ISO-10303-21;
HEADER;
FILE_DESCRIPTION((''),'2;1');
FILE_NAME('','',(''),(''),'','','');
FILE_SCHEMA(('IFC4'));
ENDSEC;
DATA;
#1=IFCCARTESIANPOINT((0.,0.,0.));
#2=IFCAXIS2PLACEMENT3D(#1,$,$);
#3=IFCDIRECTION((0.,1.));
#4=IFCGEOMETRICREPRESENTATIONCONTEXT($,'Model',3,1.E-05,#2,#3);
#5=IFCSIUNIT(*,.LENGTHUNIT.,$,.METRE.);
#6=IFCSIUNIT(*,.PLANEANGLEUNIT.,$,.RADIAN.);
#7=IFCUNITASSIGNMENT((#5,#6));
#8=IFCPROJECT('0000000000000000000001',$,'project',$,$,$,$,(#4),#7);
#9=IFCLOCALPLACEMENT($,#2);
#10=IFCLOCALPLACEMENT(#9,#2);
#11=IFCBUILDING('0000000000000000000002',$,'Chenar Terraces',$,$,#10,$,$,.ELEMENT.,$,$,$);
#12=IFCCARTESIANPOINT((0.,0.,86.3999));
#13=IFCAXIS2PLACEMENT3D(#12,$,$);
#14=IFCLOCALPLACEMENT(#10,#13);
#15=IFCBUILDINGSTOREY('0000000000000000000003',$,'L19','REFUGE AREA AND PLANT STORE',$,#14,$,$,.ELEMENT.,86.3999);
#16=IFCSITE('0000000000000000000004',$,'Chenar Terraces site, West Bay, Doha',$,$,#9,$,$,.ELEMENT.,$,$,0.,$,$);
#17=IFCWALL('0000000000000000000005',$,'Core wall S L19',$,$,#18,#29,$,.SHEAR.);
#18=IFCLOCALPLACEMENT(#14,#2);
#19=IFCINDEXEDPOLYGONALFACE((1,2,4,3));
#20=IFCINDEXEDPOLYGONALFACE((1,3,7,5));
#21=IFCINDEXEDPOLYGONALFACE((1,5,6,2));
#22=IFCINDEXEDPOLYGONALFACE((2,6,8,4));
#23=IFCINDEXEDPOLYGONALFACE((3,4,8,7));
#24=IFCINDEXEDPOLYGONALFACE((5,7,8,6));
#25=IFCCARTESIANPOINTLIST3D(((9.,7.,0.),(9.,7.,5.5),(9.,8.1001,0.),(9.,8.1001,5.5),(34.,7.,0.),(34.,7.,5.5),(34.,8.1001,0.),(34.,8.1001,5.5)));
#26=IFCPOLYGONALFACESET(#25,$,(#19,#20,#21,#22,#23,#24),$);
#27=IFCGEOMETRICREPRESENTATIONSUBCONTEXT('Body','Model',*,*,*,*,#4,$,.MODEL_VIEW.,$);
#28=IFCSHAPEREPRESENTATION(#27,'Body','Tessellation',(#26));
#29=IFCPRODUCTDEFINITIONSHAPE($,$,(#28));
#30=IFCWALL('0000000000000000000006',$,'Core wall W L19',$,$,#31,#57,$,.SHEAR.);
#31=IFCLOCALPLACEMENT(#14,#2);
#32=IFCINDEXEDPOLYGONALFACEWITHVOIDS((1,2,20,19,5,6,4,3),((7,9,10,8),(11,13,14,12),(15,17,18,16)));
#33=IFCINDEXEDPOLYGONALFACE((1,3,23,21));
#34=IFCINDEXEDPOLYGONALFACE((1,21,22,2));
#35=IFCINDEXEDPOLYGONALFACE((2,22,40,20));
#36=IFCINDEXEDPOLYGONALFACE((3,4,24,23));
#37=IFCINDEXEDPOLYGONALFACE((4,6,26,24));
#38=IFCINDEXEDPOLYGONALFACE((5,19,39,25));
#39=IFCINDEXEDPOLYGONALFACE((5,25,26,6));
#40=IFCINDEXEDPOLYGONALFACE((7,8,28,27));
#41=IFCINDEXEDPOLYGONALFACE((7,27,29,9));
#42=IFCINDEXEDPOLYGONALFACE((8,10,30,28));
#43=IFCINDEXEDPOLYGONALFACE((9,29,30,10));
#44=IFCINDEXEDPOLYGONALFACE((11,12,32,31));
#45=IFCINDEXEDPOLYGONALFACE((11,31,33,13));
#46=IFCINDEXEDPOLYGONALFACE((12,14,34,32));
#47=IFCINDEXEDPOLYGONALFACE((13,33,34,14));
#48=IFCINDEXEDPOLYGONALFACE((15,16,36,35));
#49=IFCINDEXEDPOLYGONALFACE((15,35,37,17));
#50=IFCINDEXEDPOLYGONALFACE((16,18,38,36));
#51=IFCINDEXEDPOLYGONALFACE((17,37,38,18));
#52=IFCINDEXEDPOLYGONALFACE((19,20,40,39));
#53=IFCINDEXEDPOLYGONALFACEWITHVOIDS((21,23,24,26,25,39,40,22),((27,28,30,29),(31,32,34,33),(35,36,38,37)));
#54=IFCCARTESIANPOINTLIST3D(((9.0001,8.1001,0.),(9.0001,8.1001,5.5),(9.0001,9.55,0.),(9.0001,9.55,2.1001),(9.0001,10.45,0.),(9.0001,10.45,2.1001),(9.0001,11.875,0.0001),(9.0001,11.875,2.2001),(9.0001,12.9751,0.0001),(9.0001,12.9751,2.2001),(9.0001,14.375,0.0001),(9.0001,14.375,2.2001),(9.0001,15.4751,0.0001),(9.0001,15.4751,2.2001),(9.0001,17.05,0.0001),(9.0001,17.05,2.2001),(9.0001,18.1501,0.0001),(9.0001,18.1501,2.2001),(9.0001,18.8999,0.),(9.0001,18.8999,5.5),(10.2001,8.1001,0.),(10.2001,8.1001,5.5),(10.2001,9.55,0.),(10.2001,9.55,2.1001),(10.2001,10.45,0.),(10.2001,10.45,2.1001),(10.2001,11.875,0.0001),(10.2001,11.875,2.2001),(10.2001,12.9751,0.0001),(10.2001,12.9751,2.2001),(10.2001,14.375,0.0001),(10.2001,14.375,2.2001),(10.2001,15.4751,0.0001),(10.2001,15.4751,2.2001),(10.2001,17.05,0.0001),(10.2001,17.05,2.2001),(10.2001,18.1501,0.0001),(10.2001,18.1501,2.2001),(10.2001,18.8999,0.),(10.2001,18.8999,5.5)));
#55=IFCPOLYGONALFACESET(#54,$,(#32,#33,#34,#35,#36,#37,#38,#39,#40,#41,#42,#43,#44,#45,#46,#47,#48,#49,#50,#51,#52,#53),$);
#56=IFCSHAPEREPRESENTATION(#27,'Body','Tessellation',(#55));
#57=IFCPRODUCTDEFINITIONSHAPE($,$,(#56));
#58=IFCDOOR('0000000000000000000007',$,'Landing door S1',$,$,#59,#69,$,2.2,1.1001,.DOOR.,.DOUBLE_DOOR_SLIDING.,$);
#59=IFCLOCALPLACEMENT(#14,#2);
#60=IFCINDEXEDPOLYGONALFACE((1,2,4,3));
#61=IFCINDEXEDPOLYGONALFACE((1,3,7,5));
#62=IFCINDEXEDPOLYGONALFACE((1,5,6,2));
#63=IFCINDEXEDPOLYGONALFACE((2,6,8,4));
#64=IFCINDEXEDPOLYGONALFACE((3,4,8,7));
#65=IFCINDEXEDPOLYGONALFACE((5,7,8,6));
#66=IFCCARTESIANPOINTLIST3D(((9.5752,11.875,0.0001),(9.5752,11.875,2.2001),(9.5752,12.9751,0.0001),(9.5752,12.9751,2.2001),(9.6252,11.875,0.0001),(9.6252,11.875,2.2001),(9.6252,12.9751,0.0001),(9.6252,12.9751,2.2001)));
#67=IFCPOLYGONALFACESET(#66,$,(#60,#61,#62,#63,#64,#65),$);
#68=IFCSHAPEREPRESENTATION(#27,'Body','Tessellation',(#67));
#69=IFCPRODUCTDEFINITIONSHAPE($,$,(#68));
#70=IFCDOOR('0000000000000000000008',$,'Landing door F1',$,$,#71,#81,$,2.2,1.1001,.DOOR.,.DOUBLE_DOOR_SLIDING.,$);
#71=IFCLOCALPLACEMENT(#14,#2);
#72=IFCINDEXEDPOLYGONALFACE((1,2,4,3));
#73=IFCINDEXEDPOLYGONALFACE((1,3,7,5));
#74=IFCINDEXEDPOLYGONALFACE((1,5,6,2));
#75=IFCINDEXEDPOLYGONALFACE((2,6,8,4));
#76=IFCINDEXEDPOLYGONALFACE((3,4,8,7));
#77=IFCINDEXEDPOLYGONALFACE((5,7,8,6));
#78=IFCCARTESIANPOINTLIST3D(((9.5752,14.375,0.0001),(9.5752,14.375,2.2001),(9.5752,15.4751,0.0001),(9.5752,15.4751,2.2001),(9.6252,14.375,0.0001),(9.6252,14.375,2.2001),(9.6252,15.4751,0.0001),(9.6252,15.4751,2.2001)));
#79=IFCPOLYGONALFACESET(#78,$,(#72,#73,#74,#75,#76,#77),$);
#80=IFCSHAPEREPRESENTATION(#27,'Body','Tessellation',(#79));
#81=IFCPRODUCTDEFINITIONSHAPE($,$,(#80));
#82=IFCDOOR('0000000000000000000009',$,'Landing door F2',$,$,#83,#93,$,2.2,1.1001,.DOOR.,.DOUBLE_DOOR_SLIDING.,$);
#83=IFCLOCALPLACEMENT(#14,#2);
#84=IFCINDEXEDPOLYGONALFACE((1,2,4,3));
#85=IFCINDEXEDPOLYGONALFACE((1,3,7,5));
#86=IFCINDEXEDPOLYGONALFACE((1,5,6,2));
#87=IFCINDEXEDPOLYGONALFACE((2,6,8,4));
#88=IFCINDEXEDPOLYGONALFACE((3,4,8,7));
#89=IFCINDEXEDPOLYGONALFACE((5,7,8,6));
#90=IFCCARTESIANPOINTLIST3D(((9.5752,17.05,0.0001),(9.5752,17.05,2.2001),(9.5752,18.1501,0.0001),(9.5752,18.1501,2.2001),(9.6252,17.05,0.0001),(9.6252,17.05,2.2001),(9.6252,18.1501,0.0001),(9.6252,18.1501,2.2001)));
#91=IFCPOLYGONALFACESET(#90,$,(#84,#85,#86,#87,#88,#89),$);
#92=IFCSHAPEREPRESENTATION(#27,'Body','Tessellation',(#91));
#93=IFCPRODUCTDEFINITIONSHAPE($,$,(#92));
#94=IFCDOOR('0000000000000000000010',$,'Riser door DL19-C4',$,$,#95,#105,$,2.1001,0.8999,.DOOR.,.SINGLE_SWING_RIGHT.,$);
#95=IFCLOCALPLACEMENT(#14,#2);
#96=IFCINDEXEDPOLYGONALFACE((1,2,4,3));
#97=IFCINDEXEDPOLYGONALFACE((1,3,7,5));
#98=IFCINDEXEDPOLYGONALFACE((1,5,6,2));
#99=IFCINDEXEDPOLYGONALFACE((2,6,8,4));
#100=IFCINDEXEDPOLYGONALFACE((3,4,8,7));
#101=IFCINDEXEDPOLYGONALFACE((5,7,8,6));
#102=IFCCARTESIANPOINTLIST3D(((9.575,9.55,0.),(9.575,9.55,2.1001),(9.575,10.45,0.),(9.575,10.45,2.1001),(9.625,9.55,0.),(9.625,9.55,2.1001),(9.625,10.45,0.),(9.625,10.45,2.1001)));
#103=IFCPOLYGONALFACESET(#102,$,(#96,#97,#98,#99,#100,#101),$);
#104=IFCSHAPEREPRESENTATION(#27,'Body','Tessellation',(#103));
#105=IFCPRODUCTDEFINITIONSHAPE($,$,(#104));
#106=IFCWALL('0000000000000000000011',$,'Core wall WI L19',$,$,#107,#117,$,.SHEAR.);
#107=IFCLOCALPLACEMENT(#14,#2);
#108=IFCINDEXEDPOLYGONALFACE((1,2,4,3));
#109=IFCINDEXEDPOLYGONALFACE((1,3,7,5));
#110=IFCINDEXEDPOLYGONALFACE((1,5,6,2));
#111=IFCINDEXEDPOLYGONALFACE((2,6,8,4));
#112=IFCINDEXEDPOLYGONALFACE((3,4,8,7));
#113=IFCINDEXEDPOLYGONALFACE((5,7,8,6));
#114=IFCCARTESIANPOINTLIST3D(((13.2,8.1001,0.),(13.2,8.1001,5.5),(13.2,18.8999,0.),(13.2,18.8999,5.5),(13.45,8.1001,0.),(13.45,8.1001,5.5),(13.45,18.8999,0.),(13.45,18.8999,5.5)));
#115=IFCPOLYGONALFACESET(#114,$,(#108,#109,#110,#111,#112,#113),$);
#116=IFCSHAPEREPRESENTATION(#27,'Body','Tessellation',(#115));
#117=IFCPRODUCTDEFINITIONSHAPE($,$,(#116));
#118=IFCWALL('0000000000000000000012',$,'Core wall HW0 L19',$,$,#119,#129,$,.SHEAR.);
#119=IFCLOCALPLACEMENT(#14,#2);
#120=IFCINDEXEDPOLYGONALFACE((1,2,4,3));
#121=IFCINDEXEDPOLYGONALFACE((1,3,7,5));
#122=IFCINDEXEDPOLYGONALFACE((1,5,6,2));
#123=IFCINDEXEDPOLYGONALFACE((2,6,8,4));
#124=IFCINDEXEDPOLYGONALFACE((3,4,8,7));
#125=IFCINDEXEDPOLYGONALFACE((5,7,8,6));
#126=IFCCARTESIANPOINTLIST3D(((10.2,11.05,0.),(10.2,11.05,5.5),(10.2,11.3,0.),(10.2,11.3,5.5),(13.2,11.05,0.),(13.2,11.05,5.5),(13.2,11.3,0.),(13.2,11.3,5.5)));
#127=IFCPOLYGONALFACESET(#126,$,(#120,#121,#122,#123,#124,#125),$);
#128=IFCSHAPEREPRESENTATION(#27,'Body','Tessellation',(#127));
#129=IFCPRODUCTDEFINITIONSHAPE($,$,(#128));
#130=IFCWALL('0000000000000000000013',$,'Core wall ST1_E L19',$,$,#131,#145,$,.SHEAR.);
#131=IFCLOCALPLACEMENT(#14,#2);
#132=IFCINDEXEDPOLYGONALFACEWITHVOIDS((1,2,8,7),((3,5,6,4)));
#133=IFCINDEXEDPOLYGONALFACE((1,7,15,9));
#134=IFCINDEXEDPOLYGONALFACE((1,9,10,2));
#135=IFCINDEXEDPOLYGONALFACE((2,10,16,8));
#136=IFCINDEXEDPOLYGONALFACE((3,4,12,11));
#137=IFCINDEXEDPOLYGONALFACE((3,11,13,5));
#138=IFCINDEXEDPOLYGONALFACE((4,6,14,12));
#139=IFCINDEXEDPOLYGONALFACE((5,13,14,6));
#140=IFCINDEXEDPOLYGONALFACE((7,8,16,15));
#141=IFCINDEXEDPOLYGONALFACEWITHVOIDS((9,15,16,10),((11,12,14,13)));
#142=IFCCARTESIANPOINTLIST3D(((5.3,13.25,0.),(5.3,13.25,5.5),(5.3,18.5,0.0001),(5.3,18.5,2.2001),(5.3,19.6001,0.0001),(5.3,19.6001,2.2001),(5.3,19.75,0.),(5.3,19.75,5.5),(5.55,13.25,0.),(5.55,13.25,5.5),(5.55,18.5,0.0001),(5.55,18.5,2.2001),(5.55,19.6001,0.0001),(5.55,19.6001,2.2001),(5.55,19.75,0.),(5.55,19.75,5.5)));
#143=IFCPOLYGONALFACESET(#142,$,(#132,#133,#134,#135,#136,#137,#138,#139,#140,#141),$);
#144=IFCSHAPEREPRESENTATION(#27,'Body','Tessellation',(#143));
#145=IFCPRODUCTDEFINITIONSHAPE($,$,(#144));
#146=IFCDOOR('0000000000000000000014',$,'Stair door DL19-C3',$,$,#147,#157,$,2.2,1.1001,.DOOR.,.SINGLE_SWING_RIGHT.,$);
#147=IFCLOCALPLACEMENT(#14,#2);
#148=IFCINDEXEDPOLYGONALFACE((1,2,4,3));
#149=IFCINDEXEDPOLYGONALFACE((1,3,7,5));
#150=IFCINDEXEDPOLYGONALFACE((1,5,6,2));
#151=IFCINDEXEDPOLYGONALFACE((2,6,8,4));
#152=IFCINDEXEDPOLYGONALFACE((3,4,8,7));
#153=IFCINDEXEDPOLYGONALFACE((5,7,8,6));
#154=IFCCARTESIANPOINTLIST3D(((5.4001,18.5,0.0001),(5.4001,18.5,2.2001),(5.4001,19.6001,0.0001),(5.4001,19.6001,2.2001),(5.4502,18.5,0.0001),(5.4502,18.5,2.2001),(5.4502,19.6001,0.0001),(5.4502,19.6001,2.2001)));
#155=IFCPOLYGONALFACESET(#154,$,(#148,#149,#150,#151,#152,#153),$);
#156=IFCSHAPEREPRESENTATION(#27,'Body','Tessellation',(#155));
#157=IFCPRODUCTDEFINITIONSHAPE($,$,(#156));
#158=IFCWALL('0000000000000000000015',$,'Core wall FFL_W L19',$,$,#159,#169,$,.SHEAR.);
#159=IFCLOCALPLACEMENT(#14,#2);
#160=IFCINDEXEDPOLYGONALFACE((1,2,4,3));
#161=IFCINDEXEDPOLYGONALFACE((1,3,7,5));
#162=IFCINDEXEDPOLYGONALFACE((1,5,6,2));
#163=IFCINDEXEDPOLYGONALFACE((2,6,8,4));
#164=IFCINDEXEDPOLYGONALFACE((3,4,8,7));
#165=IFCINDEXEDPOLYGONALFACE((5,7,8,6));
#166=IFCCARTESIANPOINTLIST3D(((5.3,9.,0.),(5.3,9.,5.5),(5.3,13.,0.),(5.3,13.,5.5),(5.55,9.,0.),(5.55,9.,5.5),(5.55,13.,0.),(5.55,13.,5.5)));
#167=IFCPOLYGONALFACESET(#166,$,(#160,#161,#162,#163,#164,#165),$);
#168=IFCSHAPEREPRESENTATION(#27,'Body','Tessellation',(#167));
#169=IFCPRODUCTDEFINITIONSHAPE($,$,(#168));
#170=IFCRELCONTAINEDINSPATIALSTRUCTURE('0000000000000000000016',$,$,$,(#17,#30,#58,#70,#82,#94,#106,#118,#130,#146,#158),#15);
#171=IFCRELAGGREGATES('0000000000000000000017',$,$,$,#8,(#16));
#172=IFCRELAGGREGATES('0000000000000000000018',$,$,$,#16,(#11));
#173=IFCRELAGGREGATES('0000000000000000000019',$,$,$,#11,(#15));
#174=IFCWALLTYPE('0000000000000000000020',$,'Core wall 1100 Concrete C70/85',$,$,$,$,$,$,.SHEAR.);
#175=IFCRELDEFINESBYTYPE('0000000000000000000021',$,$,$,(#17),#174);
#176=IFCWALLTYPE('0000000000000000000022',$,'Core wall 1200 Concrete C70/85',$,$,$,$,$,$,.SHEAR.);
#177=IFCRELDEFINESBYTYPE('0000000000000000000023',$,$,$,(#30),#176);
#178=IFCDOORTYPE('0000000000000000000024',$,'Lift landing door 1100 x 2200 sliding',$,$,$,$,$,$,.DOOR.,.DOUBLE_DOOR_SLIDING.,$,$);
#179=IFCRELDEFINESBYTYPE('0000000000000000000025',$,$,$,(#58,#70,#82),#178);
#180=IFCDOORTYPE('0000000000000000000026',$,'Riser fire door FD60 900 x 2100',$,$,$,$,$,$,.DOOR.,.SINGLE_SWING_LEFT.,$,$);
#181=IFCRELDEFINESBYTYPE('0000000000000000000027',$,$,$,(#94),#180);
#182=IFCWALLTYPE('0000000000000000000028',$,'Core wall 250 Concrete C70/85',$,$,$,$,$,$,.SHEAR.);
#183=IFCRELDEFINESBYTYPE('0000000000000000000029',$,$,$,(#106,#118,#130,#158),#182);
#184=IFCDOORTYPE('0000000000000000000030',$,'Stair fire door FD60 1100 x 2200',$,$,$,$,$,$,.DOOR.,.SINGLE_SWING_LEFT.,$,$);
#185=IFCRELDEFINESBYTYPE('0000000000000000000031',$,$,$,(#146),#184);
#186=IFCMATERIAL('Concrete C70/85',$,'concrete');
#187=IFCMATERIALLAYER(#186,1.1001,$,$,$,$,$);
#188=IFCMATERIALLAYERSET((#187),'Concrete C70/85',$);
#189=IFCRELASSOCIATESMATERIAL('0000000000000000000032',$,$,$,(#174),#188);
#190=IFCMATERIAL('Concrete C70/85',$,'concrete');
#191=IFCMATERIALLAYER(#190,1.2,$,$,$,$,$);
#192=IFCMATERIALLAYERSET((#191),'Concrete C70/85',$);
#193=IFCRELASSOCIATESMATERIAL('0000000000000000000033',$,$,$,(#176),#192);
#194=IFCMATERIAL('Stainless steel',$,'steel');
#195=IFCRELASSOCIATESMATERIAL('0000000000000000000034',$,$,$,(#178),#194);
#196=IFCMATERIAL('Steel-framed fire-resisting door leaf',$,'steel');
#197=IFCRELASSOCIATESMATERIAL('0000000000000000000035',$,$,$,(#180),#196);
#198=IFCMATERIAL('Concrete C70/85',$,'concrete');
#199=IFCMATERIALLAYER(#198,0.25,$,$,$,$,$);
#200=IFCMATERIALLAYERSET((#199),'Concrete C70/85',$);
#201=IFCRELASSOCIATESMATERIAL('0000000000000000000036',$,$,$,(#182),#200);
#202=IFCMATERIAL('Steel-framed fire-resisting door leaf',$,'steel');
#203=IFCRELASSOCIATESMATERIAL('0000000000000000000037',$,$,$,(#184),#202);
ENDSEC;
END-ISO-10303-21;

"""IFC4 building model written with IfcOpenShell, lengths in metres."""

from ifc_helpers import new_model, si_unit, direction, frame, frame_2d, origin, place, context, subcontext, project, spatial, rectangle, extrude, material, layer, layer_set, type_object, element, fill, save


model = new_model("IFC4")

# Units and contexts
model_context = context("Model", 3, precision=1e-05, world=origin(), true_north=direction((0.0, 1.0)))
body_context = subcontext(model_context, "Body", "Model", "MODEL_VIEW")
ifc_project = project(units=[si_unit("LENGTHUNIT", "METRE"), si_unit("PLANEANGLEUNIT", "RADIAN")], contexts=[model_context])

# Site, building, storey
site_placement = place(None, origin())
site = spatial("IfcSite", under=ifc_project, at=site_placement, Name="Chenar Terraces site, West Bay, Doha", CompositionType="ELEMENT", RefElevation=0.0)
building_placement = place(site_placement, origin())
building = spatial("IfcBuilding", under=site, at=building_placement, Name="Chenar Terraces", CompositionType="ELEMENT")
storey_placement = place(building_placement, frame((0.0, 0.0, 86.3999)))
storey = spatial("IfcBuildingStorey", under=building, at=storey_placement, Name="L19", Description="REFUGE AREA AND PLANT STORE", CompositionType="ELEMENT", Elevation=86.3999)

# Wall
ifc_material_1 = material(Name="Concrete C70/85", Category="concrete")
ifc_layer_1 = layer(ifc_material_1, 1.1001)
ifc_layer_set_1 = layer_set([ifc_layer_1], Name="Concrete C70/85")
wall_type_1 = type_object("IfcWallType", Name="Core wall 1100 Concrete C70/85", PredefinedType="SHEAR", material=ifc_layer_set_1)
wall_1_placement = place(storey_placement, frame((9.0, 7.55, 0.0), z_axis=(0.0, 0.0, 1.0), x_axis=(1.0, 0.0, 0.0)))
element("IfcWall", 1, at=wall_1_placement, inside=storey, type_object=wall_type_1, Name="Core wall S L19", PredefinedType="SHEAR", context=body_context, shape_type="SweptSolid", body=[
    extrude(rectangle(XDim=25.0, YDim=1.1001, at=frame_2d((12.5, 0.0))), origin(), (0.0, 0.0, 1.0), 5.5),
])

# Wall, openings, doors
ifc_material_2 = material(Name="Concrete C70/85", Category="concrete")
ifc_layer_2 = layer(ifc_material_2, 1.2)
ifc_layer_set_2 = layer_set([ifc_layer_2], Name="Concrete C70/85")
wall_type_2 = type_object("IfcWallType", Name="Core wall 1200 Concrete C70/85", PredefinedType="SHEAR", material=ifc_layer_set_2)
wall_2_placement = place(storey_placement, frame((9.6001, 8.1001, 0.0), z_axis=(0.0, 0.0, 1.0), x_axis=(0.0, 1.0, 0.0)))
wall_2 = element("IfcWall", 2, at=wall_2_placement, inside=storey, type_object=wall_type_2, Name="Core wall W L19", PredefinedType="SHEAR", context=body_context, shape_type="SweptSolid", body=[
    extrude(rectangle(XDim=10.7998, YDim=1.2, at=frame_2d((5.3999, 0.0))), origin(), (0.0, 0.0, 1.0), 5.5),
])
opening_1_placement = place(wall_2_placement, frame((3.7749, 0.0, 0.0)))
opening_1 = element("IfcOpeningElement", 3, at=opening_1_placement, cuts=wall_2, PredefinedType="OPENING", context=body_context, shape_type="SweptSolid", body=[
    extrude(rectangle(XDim=1.1001, YDim=2.2, at=frame_2d((0.55, 1.1001))), frame((0.0, 0.6099, 0.0), z_axis=(0.0, -1.0, 0.0), x_axis=(1.0, 0.0, 0.0)), (0.0, 0.0, 1.0), 1.22),
])
opening_2_placement = place(wall_2_placement, frame((6.2749, 0.0, 0.0)))
opening_2 = element("IfcOpeningElement", 4, at=opening_2_placement, cuts=wall_2, PredefinedType="OPENING", context=body_context, shape_type="SweptSolid", body=[
    extrude(rectangle(XDim=1.1001, YDim=2.2, at=frame_2d((0.55, 1.1001))), frame((0.0, 0.6099, 0.0), z_axis=(0.0, -1.0, 0.0), x_axis=(1.0, 0.0, 0.0)), (0.0, 0.0, 1.0), 1.22),
])
opening_3_placement = place(wall_2_placement, frame((8.95, 0.0, 0.0)))
opening_3 = element("IfcOpeningElement", 5, at=opening_3_placement, cuts=wall_2, PredefinedType="OPENING", context=body_context, shape_type="SweptSolid", body=[
    extrude(rectangle(XDim=1.1001, YDim=2.2, at=frame_2d((0.55, 1.1001))), frame((0.0, 0.6099, 0.0), z_axis=(0.0, -1.0, 0.0), x_axis=(1.0, 0.0, 0.0)), (0.0, 0.0, 1.0), 1.22),
])
opening_4_placement = place(wall_2_placement, frame((1.45, 0.0, 0.0)))
opening_4 = element("IfcOpeningElement", 6, at=opening_4_placement, cuts=wall_2, PredefinedType="OPENING", context=body_context, shape_type="SweptSolid", body=[
    extrude(rectangle(XDim=0.8999, YDim=2.1001, at=frame_2d((0.45, 1.05))), frame((0.0, 0.6099, 0.0), z_axis=(0.0, -1.0, 0.0), x_axis=(1.0, 0.0, 0.0)), (0.0, 0.0, 1.0), 1.22),
])
ifc_material_3 = material(Name="Stainless steel", Category="steel")
door_type_1 = type_object("IfcDoorType", Name="Lift landing door 1100 x 2200 sliding", OperationType="DOUBLE_DOOR_SLIDING", PredefinedType="DOOR", material=ifc_material_3)
door_1_placement = place(opening_1_placement, origin())
door_1 = element("IfcDoor", 7, at=door_1_placement, inside=storey, type_object=door_type_1, Name="Landing door S1", OperationType="DOUBLE_DOOR_SLIDING", OverallHeight=2.2, OverallWidth=1.1001, PredefinedType="DOOR", context=body_context, shape_type="SweptSolid", body=[
    extrude(rectangle(XDim=1.1001, YDim=2.2, at=frame_2d((0.55, 1.1001))), frame((0.0, 0.0249, 0.0), z_axis=(0.0, -1.0, 0.0), x_axis=(1.0, 0.0, 0.0)), (0.0, 0.0, 1.0), 0.05),
])
fill(opening_1, door_1)
door_2_placement = place(opening_2_placement, origin())
door_2 = element("IfcDoor", 8, at=door_2_placement, inside=storey, type_object=door_type_1, Name="Landing door F1", OperationType="DOUBLE_DOOR_SLIDING", OverallHeight=2.2, OverallWidth=1.1001, PredefinedType="DOOR", context=body_context, shape_type="SweptSolid", body=[
    extrude(rectangle(XDim=1.1001, YDim=2.2, at=frame_2d((0.55, 1.1001))), frame((0.0, 0.0249, 0.0), z_axis=(0.0, -1.0, 0.0), x_axis=(1.0, 0.0, 0.0)), (0.0, 0.0, 1.0), 0.05),
])
fill(opening_2, door_2)
door_3_placement = place(opening_3_placement, origin())
door_3 = element("IfcDoor", 9, at=door_3_placement, inside=storey, type_object=door_type_1, Name="Landing door F2", OperationType="DOUBLE_DOOR_SLIDING", OverallHeight=2.2, OverallWidth=1.1001, PredefinedType="DOOR", context=body_context, shape_type="SweptSolid", body=[
    extrude(rectangle(XDim=1.1001, YDim=2.2, at=frame_2d((0.55, 1.1001))), frame((0.0, 0.0249, 0.0), z_axis=(0.0, -1.0, 0.0), x_axis=(1.0, 0.0, 0.0)), (0.0, 0.0, 1.0), 0.05),
])
fill(opening_3, door_3)
ifc_material_4 = material(Name="Steel-framed fire-resisting door leaf", Category="steel")
door_type_2 = type_object("IfcDoorType", Name="Riser fire door FD60 900 x 2100", OperationType="SINGLE_SWING_LEFT", PredefinedType="DOOR", material=ifc_material_4)
door_4_placement = place(opening_4_placement, frame((0.8999, 0.0, 0.0), z_axis=(0.0, 0.0, 1.0), x_axis=(-1.0, 0.0, 0.0)))
door_4 = element("IfcDoor", 10, at=door_4_placement, inside=storey, type_object=door_type_2, Name="Riser door DL19-C4", OperationType="SINGLE_SWING_RIGHT", OverallHeight=2.1001, OverallWidth=0.8999, PredefinedType="DOOR", context=body_context, shape_type="SweptSolid", body=[
    extrude(rectangle(XDim=0.8999, YDim=2.1001, at=frame_2d((0.45, 1.05))), frame((0.0, 0.0249, 0.0), z_axis=(0.0, -1.0, 0.0), x_axis=(1.0, 0.0, 0.0)), (0.0, 0.0, 1.0), 0.05),
])
fill(opening_4, door_4)

# Walls
ifc_material_5 = material(Name="Concrete C70/85", Category="concrete")
ifc_layer_3 = layer(ifc_material_5, 0.25)
ifc_layer_set_3 = layer_set([ifc_layer_3], Name="Concrete C70/85")
wall_type_3 = type_object("IfcWallType", Name="Core wall 250 Concrete C70/85", PredefinedType="SHEAR", material=ifc_layer_set_3)
wall_3_placement = place(storey_placement, frame((13.325, 8.1001, 0.0), z_axis=(0.0, 0.0, 1.0), x_axis=(0.0, 1.0, 0.0)))
element("IfcWall", 11, at=wall_3_placement, inside=storey, type_object=wall_type_3, Name="Core wall WI L19", PredefinedType="SHEAR", context=body_context, shape_type="SweptSolid", body=[
    extrude(rectangle(XDim=10.7998, YDim=0.25, at=frame_2d((5.3999, 0.0))), origin(), (0.0, 0.0, 1.0), 5.5),
])
wall_4_placement = place(storey_placement, frame((10.2, 11.175, 0.0), z_axis=(0.0, 0.0, 1.0), x_axis=(1.0, 0.0, 0.0)))
element("IfcWall", 12, at=wall_4_placement, inside=storey, type_object=wall_type_3, Name="Core wall HW0 L19", PredefinedType="SHEAR", context=body_context, shape_type="SweptSolid", body=[
    extrude(rectangle(XDim=3.0, YDim=0.25, at=frame_2d((1.5, 0.0))), origin(), (0.0, 0.0, 1.0), 5.5),
])

# Wall, opening, door
wall_5_placement = place(storey_placement, frame((5.425, 13.25, 0.0), z_axis=(0.0, 0.0, 1.0), x_axis=(0.0, 1.0, 0.0)))
wall_5 = element("IfcWall", 13, at=wall_5_placement, inside=storey, type_object=wall_type_3, Name="Core wall ST1_E L19", PredefinedType="SHEAR", context=body_context, shape_type="SweptSolid", body=[
    extrude(rectangle(XDim=6.5, YDim=0.25, at=frame_2d((3.25, 0.0))), origin(), (0.0, 0.0, 1.0), 5.5),
])
opening_5_placement = place(wall_5_placement, frame((5.25, 0.0, 0.0)))
opening_5 = element("IfcOpeningElement", 14, at=opening_5_placement, cuts=wall_5, PredefinedType="OPENING", context=body_context, shape_type="SweptSolid", body=[
    extrude(rectangle(XDim=1.1001, YDim=2.2, at=frame_2d((0.55, 1.1001))), frame((0.0, 0.135, 0.0), z_axis=(0.0, -1.0, 0.0), x_axis=(1.0, 0.0, 0.0)), (0.0, 0.0, 1.0), 0.27),
])
ifc_material_6 = material(Name="Steel-framed fire-resisting door leaf", Category="steel")
door_type_3 = type_object("IfcDoorType", Name="Stair fire door FD60 1100 x 2200", OperationType="SINGLE_SWING_LEFT", PredefinedType="DOOR", material=ifc_material_6)
door_5_placement = place(opening_5_placement, origin())
door_5 = element("IfcDoor", 15, at=door_5_placement, inside=storey, type_object=door_type_3, Name="Stair door DL19-C3", OperationType="SINGLE_SWING_RIGHT", OverallHeight=2.2, OverallWidth=1.1001, PredefinedType="DOOR", context=body_context, shape_type="SweptSolid", body=[
    extrude(rectangle(XDim=1.1001, YDim=2.2, at=frame_2d((0.55, 1.1001))), frame((0.0, 0.0249, 0.0), z_axis=(0.0, -1.0, 0.0), x_axis=(1.0, 0.0, 0.0)), (0.0, 0.0, 1.0), 0.05),
])
fill(opening_5, door_5)

# Wall
wall_6_placement = place(storey_placement, frame((5.425, 9.0, 0.0), z_axis=(0.0, 0.0, 1.0), x_axis=(0.0, 1.0, 0.0)))
element("IfcWall", 16, at=wall_6_placement, inside=storey, type_object=wall_type_3, Name="Core wall FFL_W L19", PredefinedType="SHEAR", context=body_context, shape_type="SweptSolid", body=[
    extrude(rectangle(XDim=4.0, YDim=0.25, at=frame_2d((2.0, 0.0))), origin(), (0.0, 0.0, 1.0), 5.5),
])

save(model, "model.ifc")
